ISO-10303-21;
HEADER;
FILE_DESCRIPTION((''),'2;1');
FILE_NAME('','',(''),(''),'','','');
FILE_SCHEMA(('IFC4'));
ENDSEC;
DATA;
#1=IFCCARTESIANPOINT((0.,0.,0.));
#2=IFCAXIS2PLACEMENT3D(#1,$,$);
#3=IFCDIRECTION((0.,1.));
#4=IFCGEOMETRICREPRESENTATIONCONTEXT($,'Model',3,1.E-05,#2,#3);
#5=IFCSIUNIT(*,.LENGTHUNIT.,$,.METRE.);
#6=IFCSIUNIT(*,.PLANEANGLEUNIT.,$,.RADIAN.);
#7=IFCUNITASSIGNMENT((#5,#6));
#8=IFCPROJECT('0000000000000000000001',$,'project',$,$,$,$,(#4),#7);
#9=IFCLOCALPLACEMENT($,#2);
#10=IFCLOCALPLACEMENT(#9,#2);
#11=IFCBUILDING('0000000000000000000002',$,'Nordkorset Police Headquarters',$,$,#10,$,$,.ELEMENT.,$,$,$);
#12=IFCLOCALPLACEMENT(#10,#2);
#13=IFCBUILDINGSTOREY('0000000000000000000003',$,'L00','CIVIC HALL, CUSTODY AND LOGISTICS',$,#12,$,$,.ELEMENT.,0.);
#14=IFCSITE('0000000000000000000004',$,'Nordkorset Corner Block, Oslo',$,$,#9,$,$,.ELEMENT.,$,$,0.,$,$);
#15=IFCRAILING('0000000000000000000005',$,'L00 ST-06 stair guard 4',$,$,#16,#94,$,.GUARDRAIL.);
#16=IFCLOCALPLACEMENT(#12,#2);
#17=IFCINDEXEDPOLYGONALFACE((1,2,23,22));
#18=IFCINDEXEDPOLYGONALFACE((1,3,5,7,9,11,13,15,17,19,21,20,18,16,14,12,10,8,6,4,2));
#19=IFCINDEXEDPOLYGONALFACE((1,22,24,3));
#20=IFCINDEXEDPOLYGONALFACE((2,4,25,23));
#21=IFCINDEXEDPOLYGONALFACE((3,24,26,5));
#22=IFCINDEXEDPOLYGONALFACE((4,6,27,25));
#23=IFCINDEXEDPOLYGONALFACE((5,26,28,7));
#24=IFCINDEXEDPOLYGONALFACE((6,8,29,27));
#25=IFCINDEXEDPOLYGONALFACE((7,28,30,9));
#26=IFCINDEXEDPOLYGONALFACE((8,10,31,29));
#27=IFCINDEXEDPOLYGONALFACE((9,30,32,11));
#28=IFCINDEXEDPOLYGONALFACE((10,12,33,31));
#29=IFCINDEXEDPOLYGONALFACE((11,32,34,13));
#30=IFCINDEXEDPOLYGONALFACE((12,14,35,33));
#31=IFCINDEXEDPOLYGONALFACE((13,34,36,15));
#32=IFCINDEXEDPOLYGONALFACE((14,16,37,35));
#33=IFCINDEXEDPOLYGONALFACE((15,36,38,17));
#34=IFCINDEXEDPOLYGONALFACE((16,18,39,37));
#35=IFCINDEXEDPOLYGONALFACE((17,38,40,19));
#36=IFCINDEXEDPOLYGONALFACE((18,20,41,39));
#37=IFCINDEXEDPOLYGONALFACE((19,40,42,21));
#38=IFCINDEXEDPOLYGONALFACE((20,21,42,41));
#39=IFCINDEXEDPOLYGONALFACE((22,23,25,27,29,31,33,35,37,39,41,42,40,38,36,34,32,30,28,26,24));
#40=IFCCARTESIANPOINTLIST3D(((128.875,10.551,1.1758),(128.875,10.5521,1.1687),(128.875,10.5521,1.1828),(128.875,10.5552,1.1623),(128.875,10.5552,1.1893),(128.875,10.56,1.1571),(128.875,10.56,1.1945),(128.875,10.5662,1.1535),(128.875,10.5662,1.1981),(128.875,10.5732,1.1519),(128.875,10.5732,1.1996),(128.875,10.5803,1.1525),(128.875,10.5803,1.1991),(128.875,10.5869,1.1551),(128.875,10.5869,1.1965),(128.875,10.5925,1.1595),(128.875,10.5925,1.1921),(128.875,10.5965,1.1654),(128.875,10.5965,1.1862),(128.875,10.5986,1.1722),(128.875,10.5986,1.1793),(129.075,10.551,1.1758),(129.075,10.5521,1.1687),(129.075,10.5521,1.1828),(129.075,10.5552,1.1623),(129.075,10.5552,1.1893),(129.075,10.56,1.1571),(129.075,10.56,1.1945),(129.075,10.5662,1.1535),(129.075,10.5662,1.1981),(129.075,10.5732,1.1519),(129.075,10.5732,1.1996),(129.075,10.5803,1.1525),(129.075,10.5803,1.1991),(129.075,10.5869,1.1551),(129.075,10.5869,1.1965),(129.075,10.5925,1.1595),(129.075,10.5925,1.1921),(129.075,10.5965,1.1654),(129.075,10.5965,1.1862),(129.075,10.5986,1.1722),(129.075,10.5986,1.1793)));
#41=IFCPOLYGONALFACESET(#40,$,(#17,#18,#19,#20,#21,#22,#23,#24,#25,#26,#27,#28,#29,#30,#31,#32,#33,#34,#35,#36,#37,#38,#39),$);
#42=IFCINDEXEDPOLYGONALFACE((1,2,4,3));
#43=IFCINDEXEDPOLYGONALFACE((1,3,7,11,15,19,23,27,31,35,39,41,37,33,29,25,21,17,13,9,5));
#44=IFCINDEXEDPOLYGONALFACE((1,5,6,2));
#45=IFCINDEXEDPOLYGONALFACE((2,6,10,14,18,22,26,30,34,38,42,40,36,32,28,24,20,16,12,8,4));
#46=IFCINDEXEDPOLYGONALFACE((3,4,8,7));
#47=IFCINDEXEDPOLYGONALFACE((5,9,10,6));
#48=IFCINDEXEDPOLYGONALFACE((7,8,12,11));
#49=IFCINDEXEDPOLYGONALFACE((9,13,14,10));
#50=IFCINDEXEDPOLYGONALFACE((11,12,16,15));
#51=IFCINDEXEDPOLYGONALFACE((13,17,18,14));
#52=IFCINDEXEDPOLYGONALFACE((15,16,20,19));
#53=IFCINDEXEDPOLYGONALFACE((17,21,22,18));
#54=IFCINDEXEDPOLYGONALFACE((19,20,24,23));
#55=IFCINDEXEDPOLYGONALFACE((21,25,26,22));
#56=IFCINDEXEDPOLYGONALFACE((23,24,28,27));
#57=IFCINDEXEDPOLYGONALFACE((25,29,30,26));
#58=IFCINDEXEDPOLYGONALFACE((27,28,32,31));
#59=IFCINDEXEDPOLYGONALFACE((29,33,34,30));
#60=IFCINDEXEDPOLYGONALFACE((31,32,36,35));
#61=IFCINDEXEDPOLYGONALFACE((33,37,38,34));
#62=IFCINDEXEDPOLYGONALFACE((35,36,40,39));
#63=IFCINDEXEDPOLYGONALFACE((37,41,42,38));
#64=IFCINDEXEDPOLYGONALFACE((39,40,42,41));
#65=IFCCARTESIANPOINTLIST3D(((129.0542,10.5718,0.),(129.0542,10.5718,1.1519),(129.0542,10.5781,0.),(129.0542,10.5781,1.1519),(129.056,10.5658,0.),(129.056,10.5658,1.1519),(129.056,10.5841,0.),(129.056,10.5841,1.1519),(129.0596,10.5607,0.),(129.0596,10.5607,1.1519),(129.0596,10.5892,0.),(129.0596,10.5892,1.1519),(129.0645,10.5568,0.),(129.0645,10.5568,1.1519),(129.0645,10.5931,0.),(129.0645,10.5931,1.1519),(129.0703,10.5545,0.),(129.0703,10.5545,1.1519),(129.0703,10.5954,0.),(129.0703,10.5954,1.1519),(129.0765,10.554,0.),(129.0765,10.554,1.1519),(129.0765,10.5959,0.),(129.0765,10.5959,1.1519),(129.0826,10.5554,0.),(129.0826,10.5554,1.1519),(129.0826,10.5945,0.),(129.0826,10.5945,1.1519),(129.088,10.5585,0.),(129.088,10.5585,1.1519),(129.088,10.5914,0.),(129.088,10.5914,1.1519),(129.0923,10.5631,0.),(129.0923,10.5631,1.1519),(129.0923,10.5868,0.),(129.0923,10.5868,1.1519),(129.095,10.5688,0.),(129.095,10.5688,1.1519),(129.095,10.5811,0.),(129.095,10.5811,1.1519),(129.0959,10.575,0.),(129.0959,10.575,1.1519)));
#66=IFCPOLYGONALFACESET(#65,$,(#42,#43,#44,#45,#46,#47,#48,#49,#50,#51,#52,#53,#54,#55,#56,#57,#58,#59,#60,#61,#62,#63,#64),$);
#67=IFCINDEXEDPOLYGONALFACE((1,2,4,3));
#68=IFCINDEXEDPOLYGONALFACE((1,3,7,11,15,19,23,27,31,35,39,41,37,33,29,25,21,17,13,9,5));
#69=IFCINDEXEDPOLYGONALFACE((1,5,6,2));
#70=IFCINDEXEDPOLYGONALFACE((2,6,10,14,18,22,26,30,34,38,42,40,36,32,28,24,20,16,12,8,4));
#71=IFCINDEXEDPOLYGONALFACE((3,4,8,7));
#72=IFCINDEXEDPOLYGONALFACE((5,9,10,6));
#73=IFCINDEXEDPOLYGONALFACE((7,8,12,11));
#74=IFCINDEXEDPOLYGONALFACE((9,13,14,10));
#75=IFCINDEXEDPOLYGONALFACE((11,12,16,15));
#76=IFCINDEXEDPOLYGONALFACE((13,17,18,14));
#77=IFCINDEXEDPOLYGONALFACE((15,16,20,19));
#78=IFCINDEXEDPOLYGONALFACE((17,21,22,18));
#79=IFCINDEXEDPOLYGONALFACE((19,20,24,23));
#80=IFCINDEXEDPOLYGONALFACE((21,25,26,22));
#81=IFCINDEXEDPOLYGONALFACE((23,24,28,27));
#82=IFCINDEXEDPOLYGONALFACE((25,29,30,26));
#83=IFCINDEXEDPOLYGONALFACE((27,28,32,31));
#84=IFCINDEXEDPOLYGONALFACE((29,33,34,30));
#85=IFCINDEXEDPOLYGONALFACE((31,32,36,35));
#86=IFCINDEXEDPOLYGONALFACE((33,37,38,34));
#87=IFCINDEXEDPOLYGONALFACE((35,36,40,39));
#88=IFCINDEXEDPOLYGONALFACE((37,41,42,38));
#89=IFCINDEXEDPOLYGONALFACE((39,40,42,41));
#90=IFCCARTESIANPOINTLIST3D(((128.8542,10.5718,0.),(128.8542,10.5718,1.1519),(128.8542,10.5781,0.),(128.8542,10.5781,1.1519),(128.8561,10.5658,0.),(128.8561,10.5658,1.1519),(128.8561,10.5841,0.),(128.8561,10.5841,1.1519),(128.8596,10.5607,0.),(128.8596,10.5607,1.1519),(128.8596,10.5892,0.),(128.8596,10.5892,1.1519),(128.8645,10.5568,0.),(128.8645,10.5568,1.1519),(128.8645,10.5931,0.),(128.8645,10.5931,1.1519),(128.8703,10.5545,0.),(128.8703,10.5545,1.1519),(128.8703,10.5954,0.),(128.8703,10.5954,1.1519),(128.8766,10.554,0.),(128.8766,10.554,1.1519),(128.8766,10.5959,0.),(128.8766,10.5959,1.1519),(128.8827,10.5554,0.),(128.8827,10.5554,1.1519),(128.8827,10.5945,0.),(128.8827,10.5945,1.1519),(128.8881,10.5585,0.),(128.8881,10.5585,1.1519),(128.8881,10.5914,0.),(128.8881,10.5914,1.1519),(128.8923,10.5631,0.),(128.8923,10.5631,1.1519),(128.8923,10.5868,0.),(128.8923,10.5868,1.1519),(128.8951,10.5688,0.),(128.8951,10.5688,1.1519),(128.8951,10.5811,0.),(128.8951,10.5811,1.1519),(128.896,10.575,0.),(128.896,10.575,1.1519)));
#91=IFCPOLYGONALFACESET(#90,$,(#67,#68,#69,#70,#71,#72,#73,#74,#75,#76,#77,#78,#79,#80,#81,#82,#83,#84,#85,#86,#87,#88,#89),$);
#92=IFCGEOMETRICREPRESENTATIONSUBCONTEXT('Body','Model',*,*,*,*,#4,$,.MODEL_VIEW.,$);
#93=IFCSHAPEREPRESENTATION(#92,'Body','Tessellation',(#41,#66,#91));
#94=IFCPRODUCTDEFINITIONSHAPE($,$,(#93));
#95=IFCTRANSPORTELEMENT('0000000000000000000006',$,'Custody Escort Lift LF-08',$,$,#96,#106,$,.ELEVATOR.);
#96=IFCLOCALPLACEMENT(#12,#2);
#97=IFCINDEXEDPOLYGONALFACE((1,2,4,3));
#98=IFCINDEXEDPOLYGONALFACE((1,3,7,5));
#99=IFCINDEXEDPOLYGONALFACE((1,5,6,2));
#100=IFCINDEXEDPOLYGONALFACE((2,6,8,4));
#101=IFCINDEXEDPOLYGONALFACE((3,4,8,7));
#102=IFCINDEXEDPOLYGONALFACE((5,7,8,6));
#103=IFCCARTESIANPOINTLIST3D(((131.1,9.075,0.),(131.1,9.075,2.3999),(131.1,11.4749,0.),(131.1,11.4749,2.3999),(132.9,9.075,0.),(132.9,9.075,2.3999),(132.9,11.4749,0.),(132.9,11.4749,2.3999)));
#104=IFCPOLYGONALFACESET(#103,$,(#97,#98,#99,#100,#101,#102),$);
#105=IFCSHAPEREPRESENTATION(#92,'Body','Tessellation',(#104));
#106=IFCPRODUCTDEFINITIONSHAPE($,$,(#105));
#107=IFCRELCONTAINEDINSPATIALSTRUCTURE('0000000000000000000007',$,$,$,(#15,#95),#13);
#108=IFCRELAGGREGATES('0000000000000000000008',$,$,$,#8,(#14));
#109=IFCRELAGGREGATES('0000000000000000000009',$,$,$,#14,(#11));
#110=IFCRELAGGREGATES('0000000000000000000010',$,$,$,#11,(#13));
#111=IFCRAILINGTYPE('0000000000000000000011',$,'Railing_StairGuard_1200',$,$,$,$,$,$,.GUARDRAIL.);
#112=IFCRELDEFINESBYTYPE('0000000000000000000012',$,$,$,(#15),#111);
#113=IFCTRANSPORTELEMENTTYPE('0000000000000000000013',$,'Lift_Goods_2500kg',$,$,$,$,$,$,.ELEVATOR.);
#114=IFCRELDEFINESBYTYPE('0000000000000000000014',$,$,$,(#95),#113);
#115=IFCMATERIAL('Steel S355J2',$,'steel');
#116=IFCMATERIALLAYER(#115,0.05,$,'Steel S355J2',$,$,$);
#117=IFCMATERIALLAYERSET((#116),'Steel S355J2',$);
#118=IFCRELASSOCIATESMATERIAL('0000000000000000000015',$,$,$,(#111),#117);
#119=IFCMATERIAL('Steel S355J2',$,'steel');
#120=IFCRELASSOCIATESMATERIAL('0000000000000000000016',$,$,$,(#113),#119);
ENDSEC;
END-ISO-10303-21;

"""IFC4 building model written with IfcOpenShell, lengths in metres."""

from ifc_helpers import new_model, si_unit, direction, frame, origin, origin_2d, place, context, subcontext, project, spatial, rectangle, circle, extrude, material, layer, layer_set, type_object, element, save


model = new_model("IFC4")

# Units and contexts
model_context = context("Model", 3, precision=1e-05, world=origin(), true_north=direction((0.0, 1.0)))
body_context = subcontext(model_context, "Body", "Model", "MODEL_VIEW")
ifc_project = project(units=[si_unit("LENGTHUNIT", "METRE"), si_unit("PLANEANGLEUNIT", "RADIAN")], contexts=[model_context])

# Site, building, storey
site_placement = place(None, origin())
site = spatial("IfcSite", under=ifc_project, at=site_placement, Name="Nordkorset Corner Block, Oslo", CompositionType="ELEMENT", RefElevation=0.0)
building_placement = place(site_placement, origin())
building = spatial("IfcBuilding", under=site, at=building_placement, Name="Nordkorset Police Headquarters", CompositionType="ELEMENT")
storey_placement = place(building_placement, origin())
storey = spatial("IfcBuildingStorey", under=building, at=storey_placement, Name="L00", Description="CIVIC HALL, CUSTODY AND LOGISTICS", CompositionType="ELEMENT", Elevation=0.0)

# Railing
ifc_material_1 = material(Name="Steel S355J2", Category="steel")
ifc_layer_1 = layer(ifc_material_1, 0.05, Name="Steel S355J2")
ifc_layer_set_1 = layer_set([ifc_layer_1], Name="Steel S355J2")
railing_type_1 = type_object("IfcRailingType", Name="Railing_StairGuard_1200", PredefinedType="GUARDRAIL", material=ifc_layer_set_1)
railing_1_placement = place(storey_placement, frame((129.075, 10.575, 0.0)))
element("IfcRailing", 1, at=railing_1_placement, inside=storey, type_object=railing_type_1, Name="L00 ST-06 stair guard 4", PredefinedType="GUARDRAIL", context=body_context, shape_type="SweptSolid", body=[
    extrude(circle(Radius=0.0239, at=origin_2d()), frame((0.0, 0.0, 1.1758), z_axis=(-1.0, 0.0, 0.0), x_axis=(0.0, -1.0, 0.0)), (0.0, 0.0, 1.0), 0.2),
    extrude(circle(Radius=0.021, at=origin_2d()), origin(), (0.0, 0.0, 1.0), 1.1519),
    extrude(circle(Radius=0.021, at=origin_2d()), frame((-0.2, 0.0, 0.0)), (0.0, 0.0, 1.0), 1.1519),
])

# Transport element
ifc_material_2 = material(Name="Steel S355J2", Category="steel")
transport_element_type = type_object("IfcTransportElementType", Name="Lift_Goods_2500kg", PredefinedType="ELEVATOR", material=ifc_material_2)
transport_element_placement = place(storey_placement, frame((132.0, 10.2749, 0.0), z_axis=(0.0, 0.0, 1.0), x_axis=(1.0, 0.0, 0.0)))
element("IfcTransportElement", 2, at=transport_element_placement, inside=storey, type_object=transport_element_type, Name="Custody Escort Lift LF-08", PredefinedType="ELEVATOR", context=body_context, shape_type="SweptSolid", body=[
    extrude(rectangle(XDim=1.8, YDim=2.3999, at=origin_2d()), origin(), (0.0, 0.0, 1.0), 2.3999),
])

save(model, "model.ifc")
